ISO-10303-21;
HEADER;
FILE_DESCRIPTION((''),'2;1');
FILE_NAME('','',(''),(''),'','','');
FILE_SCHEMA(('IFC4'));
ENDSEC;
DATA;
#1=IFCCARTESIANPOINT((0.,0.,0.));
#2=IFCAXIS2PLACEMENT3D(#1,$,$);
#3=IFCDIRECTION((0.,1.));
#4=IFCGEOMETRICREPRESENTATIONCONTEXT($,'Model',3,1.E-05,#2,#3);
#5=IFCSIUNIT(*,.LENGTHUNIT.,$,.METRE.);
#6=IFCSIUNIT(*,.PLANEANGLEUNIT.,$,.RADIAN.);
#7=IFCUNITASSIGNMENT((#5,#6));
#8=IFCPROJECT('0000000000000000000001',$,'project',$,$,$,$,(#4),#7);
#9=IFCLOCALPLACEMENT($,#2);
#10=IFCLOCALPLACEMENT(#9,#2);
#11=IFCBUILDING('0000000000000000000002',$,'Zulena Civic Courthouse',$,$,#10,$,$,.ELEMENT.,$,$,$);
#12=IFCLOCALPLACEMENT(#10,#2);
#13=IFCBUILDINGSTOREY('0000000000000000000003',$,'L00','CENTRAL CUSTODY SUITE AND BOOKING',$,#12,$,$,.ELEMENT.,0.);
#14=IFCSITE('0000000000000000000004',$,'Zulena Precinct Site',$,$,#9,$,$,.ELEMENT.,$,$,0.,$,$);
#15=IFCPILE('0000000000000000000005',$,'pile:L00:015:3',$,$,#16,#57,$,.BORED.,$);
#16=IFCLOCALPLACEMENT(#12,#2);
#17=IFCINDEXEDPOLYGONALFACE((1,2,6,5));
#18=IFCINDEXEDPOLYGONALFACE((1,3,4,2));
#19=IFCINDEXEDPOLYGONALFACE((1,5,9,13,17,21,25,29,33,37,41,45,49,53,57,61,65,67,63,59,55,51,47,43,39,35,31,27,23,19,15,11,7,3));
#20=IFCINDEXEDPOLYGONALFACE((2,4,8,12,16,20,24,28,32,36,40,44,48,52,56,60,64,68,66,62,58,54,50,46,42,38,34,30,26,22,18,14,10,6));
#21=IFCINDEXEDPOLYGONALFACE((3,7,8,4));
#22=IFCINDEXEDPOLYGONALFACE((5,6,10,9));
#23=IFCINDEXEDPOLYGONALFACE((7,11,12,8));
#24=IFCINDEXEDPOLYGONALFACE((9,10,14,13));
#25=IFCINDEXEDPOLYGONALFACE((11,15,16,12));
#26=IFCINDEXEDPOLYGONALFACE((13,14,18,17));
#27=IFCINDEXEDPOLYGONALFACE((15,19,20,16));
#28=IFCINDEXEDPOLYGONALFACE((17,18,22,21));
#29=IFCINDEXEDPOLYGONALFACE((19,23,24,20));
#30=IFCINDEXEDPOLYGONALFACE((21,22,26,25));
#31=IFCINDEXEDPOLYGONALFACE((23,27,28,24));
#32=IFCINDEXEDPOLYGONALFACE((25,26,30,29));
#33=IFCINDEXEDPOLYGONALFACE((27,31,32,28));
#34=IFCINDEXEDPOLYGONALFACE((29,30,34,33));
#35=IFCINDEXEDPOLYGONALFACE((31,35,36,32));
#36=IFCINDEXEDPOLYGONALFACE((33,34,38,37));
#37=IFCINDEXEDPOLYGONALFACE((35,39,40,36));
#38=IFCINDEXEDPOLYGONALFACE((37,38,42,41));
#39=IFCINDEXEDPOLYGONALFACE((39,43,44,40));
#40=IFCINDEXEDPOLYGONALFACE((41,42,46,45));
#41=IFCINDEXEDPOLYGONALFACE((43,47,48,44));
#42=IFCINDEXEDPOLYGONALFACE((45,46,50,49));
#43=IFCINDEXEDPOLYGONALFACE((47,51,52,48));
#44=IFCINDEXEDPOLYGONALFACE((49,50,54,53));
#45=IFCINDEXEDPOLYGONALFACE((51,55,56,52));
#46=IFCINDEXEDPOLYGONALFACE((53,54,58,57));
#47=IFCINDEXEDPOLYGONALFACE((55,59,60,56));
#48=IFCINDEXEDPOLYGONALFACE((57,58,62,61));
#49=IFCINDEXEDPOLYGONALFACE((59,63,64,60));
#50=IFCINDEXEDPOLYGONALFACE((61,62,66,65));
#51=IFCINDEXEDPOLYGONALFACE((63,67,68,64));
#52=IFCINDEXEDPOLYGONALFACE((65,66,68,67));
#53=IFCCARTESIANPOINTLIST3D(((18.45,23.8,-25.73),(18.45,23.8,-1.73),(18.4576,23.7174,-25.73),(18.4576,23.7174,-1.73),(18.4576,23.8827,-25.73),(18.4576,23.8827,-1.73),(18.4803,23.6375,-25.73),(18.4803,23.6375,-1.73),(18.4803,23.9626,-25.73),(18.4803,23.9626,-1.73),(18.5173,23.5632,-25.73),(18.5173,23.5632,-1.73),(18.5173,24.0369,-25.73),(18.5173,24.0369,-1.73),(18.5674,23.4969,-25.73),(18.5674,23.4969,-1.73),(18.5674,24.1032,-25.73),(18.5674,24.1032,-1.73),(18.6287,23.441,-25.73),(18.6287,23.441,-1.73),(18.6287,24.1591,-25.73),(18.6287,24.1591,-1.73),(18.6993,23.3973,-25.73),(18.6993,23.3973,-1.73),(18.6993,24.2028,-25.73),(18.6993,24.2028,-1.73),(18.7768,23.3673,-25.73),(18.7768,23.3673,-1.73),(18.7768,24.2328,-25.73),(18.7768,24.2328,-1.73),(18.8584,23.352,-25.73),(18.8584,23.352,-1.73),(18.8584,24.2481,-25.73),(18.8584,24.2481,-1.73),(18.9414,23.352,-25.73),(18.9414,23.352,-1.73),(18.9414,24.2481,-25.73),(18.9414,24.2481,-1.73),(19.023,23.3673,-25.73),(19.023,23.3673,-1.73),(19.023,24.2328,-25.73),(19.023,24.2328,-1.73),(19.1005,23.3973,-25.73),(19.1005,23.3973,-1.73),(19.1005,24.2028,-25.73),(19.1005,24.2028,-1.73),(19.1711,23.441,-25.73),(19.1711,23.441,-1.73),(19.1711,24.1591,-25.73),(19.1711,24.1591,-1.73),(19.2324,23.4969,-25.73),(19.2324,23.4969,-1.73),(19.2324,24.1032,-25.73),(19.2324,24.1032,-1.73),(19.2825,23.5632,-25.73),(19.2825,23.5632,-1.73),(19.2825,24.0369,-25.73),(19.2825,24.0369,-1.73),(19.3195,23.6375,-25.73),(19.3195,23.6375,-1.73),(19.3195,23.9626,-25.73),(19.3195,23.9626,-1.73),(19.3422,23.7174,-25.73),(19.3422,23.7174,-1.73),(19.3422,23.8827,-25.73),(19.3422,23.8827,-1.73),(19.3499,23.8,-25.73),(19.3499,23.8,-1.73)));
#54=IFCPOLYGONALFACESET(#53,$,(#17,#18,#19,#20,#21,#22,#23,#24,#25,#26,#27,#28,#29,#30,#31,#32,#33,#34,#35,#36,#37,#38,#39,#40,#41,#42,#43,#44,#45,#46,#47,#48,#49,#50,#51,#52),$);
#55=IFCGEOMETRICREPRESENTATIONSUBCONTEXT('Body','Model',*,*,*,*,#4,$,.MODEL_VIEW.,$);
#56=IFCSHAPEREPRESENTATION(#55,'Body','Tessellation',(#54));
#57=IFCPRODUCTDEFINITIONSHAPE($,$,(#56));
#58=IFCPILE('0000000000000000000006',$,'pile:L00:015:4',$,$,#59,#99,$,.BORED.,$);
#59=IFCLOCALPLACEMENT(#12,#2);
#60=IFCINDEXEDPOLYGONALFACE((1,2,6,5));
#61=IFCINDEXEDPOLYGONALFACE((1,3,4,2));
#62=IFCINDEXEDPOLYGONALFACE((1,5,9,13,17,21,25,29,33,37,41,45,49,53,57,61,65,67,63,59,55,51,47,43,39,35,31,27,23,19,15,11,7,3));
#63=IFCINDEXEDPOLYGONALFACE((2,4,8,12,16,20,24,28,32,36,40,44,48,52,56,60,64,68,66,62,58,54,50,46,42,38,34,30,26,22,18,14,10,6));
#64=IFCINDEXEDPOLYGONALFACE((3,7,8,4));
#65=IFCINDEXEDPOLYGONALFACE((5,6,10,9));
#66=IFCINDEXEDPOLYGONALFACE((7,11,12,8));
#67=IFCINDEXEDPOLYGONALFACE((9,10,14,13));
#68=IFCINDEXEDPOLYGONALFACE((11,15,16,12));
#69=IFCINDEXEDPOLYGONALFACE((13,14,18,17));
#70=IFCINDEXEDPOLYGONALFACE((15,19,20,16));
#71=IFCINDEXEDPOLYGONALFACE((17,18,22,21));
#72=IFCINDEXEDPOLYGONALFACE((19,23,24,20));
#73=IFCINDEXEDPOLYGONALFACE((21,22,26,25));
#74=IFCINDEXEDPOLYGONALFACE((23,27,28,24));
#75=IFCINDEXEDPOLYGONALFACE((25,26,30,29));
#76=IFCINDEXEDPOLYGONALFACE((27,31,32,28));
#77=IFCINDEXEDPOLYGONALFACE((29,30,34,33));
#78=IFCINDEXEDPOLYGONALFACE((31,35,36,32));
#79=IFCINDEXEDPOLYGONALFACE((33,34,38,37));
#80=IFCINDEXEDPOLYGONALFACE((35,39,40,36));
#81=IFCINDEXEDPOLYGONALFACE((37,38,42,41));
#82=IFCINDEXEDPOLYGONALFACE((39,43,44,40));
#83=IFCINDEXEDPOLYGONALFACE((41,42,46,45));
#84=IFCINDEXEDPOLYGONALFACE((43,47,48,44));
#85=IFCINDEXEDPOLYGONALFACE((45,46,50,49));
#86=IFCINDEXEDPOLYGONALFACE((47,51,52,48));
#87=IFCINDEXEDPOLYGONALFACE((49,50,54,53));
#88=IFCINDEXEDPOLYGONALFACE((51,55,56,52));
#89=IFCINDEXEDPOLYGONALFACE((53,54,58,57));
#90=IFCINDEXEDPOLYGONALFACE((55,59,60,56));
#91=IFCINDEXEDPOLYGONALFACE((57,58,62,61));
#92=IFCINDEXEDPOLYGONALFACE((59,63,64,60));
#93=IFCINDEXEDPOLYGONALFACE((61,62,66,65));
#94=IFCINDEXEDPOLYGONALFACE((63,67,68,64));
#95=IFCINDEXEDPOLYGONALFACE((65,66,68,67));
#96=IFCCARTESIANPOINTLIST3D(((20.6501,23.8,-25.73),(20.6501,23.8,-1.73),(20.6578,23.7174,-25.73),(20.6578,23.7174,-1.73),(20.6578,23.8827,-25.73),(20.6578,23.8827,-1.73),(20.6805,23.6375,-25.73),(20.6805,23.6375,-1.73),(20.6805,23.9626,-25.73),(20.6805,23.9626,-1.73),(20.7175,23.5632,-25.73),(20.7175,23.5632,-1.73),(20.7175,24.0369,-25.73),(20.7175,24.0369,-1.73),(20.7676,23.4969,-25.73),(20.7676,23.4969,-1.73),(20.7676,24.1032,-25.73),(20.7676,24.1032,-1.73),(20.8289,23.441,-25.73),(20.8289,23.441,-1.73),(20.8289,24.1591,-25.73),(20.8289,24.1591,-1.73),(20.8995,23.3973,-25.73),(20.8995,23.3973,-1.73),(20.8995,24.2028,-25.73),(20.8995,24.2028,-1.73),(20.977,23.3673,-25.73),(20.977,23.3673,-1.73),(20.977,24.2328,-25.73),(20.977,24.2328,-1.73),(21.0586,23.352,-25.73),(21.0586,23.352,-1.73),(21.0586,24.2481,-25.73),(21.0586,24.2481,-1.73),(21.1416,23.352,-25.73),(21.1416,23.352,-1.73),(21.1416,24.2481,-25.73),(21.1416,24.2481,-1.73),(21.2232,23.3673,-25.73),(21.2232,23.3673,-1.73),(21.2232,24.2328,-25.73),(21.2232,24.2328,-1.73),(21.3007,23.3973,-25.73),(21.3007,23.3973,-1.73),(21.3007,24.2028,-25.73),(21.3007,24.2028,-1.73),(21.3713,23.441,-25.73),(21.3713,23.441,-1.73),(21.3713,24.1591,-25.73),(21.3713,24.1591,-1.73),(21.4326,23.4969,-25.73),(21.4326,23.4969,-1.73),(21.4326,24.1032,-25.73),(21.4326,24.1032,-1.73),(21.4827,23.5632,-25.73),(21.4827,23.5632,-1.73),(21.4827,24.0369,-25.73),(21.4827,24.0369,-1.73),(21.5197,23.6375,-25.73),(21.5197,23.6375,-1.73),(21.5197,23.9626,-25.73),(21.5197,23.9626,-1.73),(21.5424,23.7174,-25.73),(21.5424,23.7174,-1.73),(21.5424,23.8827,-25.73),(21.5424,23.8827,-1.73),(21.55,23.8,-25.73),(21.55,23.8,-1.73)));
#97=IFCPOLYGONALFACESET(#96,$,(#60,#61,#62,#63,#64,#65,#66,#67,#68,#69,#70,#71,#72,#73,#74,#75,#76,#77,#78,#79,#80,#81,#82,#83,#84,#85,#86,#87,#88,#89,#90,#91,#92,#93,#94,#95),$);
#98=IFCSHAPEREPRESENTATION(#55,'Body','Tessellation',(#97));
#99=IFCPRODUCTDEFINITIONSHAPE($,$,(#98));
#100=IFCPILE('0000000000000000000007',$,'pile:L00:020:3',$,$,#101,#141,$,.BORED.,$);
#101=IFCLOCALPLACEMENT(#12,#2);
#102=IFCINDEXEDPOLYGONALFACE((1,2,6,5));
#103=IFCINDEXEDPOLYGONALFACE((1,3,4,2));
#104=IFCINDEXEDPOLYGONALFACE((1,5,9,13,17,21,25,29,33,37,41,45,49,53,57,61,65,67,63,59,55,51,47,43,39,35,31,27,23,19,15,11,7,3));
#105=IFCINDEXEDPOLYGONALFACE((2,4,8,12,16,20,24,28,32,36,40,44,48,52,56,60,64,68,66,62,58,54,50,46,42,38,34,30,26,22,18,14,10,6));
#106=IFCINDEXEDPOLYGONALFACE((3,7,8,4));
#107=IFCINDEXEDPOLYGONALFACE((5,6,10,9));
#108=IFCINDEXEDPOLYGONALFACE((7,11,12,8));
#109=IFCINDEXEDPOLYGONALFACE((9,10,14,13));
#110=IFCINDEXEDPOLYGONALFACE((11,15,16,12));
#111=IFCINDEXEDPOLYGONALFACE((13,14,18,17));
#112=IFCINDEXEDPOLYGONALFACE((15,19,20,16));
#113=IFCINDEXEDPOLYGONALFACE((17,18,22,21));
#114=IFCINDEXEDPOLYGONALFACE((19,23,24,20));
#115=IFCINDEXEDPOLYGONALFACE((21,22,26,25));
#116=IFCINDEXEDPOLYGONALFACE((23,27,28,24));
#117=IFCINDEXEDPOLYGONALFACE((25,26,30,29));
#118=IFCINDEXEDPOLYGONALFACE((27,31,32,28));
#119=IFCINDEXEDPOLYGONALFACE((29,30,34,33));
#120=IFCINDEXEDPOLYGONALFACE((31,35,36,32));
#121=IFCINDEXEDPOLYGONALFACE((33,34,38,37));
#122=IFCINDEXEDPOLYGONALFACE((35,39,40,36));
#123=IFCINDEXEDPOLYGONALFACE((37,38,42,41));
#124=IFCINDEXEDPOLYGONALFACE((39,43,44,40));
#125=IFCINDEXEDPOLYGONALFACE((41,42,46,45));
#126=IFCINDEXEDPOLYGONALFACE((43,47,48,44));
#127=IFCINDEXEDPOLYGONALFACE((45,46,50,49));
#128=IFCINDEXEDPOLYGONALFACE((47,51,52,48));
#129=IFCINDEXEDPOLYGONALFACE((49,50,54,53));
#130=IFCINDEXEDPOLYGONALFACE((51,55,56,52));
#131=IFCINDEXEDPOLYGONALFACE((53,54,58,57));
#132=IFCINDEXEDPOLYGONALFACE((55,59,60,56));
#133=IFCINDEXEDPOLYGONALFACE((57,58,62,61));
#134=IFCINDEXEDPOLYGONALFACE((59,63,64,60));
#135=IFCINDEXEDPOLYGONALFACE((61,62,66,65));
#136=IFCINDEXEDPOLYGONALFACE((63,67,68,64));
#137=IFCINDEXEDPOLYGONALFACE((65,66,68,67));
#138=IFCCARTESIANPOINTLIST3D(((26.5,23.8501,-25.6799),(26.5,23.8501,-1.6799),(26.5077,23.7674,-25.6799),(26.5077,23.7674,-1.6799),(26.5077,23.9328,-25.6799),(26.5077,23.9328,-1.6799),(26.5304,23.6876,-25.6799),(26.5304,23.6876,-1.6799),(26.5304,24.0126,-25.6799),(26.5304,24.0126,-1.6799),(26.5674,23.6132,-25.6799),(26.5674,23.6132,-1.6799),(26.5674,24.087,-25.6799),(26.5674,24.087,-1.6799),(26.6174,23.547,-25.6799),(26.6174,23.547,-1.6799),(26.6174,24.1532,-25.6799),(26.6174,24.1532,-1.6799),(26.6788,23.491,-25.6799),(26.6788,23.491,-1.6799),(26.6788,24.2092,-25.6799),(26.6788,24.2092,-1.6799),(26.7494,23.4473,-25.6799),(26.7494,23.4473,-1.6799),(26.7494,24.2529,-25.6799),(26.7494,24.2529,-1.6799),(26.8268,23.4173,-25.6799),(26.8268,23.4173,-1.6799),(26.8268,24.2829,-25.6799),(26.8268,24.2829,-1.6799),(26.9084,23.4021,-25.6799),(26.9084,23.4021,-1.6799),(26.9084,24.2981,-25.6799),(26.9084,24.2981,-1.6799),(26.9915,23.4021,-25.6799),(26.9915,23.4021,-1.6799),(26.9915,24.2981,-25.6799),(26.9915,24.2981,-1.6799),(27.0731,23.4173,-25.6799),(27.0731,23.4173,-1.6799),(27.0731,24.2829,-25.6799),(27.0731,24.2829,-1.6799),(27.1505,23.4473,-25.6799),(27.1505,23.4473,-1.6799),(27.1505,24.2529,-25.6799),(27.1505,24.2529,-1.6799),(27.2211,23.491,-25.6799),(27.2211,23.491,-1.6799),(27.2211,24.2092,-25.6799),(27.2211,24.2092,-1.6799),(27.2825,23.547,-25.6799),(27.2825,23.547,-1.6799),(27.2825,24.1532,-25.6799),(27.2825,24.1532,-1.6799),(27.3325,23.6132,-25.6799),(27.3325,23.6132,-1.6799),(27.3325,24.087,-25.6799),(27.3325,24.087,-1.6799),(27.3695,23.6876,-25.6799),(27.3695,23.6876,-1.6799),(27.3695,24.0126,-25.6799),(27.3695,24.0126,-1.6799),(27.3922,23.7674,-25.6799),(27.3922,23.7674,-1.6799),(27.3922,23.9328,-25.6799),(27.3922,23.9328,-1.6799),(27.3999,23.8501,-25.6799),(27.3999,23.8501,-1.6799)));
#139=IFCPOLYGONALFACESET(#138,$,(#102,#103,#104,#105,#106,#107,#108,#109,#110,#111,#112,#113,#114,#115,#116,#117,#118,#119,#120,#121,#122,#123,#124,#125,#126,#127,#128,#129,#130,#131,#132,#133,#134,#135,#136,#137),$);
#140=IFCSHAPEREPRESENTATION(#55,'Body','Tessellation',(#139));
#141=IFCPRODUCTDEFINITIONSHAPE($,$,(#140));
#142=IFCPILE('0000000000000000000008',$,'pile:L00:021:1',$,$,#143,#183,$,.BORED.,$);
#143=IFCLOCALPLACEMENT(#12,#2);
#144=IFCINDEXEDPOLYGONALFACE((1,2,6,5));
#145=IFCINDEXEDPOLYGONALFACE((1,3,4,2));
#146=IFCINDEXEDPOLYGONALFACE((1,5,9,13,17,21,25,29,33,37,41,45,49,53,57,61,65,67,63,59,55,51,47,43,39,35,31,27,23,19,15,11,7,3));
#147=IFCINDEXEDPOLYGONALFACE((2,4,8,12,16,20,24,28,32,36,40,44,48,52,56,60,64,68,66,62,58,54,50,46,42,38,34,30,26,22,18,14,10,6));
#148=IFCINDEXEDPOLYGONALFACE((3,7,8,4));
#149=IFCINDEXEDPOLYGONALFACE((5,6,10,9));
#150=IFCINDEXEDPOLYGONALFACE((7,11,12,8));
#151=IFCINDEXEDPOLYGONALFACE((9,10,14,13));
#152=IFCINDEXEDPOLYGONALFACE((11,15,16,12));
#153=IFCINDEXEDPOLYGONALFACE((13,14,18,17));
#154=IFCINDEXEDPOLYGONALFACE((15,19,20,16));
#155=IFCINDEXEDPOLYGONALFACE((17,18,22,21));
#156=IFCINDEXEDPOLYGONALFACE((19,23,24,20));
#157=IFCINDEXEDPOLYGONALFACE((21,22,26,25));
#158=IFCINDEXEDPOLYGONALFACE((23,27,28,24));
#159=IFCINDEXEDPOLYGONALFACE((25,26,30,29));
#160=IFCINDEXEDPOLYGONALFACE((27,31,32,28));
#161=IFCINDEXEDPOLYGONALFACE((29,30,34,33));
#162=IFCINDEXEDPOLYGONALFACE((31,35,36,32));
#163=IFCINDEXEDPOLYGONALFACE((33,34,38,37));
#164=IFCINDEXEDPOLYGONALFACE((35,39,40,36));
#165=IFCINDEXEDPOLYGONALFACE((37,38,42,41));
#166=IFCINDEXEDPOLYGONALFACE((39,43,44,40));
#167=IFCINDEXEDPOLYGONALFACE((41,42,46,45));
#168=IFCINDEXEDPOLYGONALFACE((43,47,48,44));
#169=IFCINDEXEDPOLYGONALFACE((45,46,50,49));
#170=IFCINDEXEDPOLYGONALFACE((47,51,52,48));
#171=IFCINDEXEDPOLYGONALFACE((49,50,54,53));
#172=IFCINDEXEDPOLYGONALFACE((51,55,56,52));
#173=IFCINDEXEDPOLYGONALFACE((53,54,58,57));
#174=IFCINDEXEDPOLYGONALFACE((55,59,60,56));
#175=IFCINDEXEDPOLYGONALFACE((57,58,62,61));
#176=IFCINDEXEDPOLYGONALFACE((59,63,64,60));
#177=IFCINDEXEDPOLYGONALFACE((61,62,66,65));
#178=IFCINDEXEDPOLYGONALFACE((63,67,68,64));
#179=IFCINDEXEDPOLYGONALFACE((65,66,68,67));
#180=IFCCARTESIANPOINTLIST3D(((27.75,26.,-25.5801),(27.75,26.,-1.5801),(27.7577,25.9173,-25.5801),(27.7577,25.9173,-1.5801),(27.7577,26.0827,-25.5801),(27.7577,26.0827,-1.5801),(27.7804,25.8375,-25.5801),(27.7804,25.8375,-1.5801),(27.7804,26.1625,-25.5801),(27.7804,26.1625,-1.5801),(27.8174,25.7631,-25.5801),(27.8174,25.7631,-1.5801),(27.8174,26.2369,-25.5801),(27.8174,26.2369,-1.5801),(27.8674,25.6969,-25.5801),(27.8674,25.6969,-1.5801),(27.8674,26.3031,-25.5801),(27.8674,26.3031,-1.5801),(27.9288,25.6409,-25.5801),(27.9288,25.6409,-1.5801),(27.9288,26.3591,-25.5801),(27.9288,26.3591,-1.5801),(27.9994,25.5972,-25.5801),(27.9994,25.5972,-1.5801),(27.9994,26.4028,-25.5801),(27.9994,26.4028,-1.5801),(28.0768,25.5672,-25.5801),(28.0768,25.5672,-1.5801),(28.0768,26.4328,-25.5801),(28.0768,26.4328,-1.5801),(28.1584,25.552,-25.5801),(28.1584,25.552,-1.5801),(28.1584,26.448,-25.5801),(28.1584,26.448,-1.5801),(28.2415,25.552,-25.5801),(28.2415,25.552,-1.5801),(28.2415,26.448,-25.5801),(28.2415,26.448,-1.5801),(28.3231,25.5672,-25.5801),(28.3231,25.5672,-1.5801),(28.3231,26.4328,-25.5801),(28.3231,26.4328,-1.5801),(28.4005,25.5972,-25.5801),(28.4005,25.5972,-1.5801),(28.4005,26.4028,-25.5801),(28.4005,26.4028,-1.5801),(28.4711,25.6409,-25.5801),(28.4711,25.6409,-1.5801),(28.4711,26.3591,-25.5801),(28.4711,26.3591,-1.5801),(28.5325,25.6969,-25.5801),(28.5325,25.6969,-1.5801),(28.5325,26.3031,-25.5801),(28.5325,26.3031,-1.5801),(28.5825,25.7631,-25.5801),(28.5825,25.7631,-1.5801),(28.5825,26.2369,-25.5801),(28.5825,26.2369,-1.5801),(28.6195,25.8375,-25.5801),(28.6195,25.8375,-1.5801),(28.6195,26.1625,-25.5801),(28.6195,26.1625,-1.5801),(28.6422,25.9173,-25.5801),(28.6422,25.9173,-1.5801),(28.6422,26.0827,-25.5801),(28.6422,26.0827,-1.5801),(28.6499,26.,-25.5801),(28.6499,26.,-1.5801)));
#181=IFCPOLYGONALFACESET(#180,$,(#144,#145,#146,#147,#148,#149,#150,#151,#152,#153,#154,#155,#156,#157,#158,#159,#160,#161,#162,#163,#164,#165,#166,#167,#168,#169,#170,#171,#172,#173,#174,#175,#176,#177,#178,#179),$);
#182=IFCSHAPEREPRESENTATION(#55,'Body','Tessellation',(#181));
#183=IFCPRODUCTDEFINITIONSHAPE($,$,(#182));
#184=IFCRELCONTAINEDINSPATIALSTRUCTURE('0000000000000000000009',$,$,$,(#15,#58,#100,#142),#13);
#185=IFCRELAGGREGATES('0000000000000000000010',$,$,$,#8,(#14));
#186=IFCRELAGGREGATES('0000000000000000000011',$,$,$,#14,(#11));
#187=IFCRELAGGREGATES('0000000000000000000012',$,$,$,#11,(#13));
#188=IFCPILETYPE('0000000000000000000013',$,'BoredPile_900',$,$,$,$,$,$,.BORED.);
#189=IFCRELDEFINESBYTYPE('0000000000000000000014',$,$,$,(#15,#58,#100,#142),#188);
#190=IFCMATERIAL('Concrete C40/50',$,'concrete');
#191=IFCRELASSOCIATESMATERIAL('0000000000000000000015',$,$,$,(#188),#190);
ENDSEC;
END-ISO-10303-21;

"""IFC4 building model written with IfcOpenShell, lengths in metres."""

from ifc_helpers import new_model, si_unit, direction, frame, origin, origin_2d, place, context, subcontext, project, spatial, circle, extrude, material, material_profile, profile_set, type_object, element, save


model = new_model("IFC4")

# Units and contexts
model_context = context("Model", 3, precision=1e-05, world=origin(), true_north=direction((0.0, 1.0)))
body_context = subcontext(model_context, "Body", "Model", "MODEL_VIEW")
ifc_project = project(units=[si_unit("LENGTHUNIT", "METRE"), si_unit("PLANEANGLEUNIT", "RADIAN")], contexts=[model_context])

# Site, building, storey
site_placement = place(None, origin())
site = spatial("IfcSite", under=ifc_project, at=site_placement, Name="Zulena Precinct Site", CompositionType="ELEMENT", RefElevation=0.0)
building_placement = place(site_placement, origin())
building = spatial("IfcBuilding", under=site, at=building_placement, Name="Zulena Civic Courthouse", CompositionType="ELEMENT")
storey_placement = place(building_placement, origin())
storey = spatial("IfcBuildingStorey", under=building, at=storey_placement, Name="L00", Description="CENTRAL CUSTODY SUITE AND BOOKING", CompositionType="ELEMENT", Elevation=0.0)

# Piles
ifc_material_1 = material(Name="Concrete C40/50", Category="concrete")
ifc_material_profile_1 = material_profile(ifc_material_1, circle(Radius=0.45, at=origin_2d()), Name="PILE900")
ifc_profile_set_1 = profile_set([ifc_material_profile_1], Name="Concrete C40/50")
pile_type_1 = type_object("IfcPileType", Name="BoredPile_900", PredefinedType="BORED", material=ifc_profile_set_1)
for number, where, z_axis, x_axis, name in (
    (1, (18.8999, 23.8, -1.73), (0.0, 0.0, -1.0), (1.0, 0.0, 0.0), "pile:L00:015:3"),
    (2, (21.1001, 23.8, -1.73), (0.0, 0.0, -1.0), (1.0, 0.0, 0.0), "pile:L00:015:4"),
    (3, (26.95, 23.8501, -1.6799), (0.0, 0.0, -1.0), (1.0, 0.0, 0.0), "pile:L00:020:3"),
    (4, (28.2, 26.0, -1.5801), (0.0, 0.0, -1.0), (1.0, 0.0, 0.0), "pile:L00:021:1"),
):
    element("IfcPile", number, at=place(storey_placement, frame(where, z_axis=z_axis, x_axis=x_axis)), inside=storey, type_object=pile_type_1, Name=name, PredefinedType="BORED", context=body_context, shape_type="SweptSolid", body=[
        extrude(circle(Radius=0.45, at=origin_2d()), origin(), (0.0, 0.0, 1.0), 24.0),
    ])

save(model, "model.ifc")
